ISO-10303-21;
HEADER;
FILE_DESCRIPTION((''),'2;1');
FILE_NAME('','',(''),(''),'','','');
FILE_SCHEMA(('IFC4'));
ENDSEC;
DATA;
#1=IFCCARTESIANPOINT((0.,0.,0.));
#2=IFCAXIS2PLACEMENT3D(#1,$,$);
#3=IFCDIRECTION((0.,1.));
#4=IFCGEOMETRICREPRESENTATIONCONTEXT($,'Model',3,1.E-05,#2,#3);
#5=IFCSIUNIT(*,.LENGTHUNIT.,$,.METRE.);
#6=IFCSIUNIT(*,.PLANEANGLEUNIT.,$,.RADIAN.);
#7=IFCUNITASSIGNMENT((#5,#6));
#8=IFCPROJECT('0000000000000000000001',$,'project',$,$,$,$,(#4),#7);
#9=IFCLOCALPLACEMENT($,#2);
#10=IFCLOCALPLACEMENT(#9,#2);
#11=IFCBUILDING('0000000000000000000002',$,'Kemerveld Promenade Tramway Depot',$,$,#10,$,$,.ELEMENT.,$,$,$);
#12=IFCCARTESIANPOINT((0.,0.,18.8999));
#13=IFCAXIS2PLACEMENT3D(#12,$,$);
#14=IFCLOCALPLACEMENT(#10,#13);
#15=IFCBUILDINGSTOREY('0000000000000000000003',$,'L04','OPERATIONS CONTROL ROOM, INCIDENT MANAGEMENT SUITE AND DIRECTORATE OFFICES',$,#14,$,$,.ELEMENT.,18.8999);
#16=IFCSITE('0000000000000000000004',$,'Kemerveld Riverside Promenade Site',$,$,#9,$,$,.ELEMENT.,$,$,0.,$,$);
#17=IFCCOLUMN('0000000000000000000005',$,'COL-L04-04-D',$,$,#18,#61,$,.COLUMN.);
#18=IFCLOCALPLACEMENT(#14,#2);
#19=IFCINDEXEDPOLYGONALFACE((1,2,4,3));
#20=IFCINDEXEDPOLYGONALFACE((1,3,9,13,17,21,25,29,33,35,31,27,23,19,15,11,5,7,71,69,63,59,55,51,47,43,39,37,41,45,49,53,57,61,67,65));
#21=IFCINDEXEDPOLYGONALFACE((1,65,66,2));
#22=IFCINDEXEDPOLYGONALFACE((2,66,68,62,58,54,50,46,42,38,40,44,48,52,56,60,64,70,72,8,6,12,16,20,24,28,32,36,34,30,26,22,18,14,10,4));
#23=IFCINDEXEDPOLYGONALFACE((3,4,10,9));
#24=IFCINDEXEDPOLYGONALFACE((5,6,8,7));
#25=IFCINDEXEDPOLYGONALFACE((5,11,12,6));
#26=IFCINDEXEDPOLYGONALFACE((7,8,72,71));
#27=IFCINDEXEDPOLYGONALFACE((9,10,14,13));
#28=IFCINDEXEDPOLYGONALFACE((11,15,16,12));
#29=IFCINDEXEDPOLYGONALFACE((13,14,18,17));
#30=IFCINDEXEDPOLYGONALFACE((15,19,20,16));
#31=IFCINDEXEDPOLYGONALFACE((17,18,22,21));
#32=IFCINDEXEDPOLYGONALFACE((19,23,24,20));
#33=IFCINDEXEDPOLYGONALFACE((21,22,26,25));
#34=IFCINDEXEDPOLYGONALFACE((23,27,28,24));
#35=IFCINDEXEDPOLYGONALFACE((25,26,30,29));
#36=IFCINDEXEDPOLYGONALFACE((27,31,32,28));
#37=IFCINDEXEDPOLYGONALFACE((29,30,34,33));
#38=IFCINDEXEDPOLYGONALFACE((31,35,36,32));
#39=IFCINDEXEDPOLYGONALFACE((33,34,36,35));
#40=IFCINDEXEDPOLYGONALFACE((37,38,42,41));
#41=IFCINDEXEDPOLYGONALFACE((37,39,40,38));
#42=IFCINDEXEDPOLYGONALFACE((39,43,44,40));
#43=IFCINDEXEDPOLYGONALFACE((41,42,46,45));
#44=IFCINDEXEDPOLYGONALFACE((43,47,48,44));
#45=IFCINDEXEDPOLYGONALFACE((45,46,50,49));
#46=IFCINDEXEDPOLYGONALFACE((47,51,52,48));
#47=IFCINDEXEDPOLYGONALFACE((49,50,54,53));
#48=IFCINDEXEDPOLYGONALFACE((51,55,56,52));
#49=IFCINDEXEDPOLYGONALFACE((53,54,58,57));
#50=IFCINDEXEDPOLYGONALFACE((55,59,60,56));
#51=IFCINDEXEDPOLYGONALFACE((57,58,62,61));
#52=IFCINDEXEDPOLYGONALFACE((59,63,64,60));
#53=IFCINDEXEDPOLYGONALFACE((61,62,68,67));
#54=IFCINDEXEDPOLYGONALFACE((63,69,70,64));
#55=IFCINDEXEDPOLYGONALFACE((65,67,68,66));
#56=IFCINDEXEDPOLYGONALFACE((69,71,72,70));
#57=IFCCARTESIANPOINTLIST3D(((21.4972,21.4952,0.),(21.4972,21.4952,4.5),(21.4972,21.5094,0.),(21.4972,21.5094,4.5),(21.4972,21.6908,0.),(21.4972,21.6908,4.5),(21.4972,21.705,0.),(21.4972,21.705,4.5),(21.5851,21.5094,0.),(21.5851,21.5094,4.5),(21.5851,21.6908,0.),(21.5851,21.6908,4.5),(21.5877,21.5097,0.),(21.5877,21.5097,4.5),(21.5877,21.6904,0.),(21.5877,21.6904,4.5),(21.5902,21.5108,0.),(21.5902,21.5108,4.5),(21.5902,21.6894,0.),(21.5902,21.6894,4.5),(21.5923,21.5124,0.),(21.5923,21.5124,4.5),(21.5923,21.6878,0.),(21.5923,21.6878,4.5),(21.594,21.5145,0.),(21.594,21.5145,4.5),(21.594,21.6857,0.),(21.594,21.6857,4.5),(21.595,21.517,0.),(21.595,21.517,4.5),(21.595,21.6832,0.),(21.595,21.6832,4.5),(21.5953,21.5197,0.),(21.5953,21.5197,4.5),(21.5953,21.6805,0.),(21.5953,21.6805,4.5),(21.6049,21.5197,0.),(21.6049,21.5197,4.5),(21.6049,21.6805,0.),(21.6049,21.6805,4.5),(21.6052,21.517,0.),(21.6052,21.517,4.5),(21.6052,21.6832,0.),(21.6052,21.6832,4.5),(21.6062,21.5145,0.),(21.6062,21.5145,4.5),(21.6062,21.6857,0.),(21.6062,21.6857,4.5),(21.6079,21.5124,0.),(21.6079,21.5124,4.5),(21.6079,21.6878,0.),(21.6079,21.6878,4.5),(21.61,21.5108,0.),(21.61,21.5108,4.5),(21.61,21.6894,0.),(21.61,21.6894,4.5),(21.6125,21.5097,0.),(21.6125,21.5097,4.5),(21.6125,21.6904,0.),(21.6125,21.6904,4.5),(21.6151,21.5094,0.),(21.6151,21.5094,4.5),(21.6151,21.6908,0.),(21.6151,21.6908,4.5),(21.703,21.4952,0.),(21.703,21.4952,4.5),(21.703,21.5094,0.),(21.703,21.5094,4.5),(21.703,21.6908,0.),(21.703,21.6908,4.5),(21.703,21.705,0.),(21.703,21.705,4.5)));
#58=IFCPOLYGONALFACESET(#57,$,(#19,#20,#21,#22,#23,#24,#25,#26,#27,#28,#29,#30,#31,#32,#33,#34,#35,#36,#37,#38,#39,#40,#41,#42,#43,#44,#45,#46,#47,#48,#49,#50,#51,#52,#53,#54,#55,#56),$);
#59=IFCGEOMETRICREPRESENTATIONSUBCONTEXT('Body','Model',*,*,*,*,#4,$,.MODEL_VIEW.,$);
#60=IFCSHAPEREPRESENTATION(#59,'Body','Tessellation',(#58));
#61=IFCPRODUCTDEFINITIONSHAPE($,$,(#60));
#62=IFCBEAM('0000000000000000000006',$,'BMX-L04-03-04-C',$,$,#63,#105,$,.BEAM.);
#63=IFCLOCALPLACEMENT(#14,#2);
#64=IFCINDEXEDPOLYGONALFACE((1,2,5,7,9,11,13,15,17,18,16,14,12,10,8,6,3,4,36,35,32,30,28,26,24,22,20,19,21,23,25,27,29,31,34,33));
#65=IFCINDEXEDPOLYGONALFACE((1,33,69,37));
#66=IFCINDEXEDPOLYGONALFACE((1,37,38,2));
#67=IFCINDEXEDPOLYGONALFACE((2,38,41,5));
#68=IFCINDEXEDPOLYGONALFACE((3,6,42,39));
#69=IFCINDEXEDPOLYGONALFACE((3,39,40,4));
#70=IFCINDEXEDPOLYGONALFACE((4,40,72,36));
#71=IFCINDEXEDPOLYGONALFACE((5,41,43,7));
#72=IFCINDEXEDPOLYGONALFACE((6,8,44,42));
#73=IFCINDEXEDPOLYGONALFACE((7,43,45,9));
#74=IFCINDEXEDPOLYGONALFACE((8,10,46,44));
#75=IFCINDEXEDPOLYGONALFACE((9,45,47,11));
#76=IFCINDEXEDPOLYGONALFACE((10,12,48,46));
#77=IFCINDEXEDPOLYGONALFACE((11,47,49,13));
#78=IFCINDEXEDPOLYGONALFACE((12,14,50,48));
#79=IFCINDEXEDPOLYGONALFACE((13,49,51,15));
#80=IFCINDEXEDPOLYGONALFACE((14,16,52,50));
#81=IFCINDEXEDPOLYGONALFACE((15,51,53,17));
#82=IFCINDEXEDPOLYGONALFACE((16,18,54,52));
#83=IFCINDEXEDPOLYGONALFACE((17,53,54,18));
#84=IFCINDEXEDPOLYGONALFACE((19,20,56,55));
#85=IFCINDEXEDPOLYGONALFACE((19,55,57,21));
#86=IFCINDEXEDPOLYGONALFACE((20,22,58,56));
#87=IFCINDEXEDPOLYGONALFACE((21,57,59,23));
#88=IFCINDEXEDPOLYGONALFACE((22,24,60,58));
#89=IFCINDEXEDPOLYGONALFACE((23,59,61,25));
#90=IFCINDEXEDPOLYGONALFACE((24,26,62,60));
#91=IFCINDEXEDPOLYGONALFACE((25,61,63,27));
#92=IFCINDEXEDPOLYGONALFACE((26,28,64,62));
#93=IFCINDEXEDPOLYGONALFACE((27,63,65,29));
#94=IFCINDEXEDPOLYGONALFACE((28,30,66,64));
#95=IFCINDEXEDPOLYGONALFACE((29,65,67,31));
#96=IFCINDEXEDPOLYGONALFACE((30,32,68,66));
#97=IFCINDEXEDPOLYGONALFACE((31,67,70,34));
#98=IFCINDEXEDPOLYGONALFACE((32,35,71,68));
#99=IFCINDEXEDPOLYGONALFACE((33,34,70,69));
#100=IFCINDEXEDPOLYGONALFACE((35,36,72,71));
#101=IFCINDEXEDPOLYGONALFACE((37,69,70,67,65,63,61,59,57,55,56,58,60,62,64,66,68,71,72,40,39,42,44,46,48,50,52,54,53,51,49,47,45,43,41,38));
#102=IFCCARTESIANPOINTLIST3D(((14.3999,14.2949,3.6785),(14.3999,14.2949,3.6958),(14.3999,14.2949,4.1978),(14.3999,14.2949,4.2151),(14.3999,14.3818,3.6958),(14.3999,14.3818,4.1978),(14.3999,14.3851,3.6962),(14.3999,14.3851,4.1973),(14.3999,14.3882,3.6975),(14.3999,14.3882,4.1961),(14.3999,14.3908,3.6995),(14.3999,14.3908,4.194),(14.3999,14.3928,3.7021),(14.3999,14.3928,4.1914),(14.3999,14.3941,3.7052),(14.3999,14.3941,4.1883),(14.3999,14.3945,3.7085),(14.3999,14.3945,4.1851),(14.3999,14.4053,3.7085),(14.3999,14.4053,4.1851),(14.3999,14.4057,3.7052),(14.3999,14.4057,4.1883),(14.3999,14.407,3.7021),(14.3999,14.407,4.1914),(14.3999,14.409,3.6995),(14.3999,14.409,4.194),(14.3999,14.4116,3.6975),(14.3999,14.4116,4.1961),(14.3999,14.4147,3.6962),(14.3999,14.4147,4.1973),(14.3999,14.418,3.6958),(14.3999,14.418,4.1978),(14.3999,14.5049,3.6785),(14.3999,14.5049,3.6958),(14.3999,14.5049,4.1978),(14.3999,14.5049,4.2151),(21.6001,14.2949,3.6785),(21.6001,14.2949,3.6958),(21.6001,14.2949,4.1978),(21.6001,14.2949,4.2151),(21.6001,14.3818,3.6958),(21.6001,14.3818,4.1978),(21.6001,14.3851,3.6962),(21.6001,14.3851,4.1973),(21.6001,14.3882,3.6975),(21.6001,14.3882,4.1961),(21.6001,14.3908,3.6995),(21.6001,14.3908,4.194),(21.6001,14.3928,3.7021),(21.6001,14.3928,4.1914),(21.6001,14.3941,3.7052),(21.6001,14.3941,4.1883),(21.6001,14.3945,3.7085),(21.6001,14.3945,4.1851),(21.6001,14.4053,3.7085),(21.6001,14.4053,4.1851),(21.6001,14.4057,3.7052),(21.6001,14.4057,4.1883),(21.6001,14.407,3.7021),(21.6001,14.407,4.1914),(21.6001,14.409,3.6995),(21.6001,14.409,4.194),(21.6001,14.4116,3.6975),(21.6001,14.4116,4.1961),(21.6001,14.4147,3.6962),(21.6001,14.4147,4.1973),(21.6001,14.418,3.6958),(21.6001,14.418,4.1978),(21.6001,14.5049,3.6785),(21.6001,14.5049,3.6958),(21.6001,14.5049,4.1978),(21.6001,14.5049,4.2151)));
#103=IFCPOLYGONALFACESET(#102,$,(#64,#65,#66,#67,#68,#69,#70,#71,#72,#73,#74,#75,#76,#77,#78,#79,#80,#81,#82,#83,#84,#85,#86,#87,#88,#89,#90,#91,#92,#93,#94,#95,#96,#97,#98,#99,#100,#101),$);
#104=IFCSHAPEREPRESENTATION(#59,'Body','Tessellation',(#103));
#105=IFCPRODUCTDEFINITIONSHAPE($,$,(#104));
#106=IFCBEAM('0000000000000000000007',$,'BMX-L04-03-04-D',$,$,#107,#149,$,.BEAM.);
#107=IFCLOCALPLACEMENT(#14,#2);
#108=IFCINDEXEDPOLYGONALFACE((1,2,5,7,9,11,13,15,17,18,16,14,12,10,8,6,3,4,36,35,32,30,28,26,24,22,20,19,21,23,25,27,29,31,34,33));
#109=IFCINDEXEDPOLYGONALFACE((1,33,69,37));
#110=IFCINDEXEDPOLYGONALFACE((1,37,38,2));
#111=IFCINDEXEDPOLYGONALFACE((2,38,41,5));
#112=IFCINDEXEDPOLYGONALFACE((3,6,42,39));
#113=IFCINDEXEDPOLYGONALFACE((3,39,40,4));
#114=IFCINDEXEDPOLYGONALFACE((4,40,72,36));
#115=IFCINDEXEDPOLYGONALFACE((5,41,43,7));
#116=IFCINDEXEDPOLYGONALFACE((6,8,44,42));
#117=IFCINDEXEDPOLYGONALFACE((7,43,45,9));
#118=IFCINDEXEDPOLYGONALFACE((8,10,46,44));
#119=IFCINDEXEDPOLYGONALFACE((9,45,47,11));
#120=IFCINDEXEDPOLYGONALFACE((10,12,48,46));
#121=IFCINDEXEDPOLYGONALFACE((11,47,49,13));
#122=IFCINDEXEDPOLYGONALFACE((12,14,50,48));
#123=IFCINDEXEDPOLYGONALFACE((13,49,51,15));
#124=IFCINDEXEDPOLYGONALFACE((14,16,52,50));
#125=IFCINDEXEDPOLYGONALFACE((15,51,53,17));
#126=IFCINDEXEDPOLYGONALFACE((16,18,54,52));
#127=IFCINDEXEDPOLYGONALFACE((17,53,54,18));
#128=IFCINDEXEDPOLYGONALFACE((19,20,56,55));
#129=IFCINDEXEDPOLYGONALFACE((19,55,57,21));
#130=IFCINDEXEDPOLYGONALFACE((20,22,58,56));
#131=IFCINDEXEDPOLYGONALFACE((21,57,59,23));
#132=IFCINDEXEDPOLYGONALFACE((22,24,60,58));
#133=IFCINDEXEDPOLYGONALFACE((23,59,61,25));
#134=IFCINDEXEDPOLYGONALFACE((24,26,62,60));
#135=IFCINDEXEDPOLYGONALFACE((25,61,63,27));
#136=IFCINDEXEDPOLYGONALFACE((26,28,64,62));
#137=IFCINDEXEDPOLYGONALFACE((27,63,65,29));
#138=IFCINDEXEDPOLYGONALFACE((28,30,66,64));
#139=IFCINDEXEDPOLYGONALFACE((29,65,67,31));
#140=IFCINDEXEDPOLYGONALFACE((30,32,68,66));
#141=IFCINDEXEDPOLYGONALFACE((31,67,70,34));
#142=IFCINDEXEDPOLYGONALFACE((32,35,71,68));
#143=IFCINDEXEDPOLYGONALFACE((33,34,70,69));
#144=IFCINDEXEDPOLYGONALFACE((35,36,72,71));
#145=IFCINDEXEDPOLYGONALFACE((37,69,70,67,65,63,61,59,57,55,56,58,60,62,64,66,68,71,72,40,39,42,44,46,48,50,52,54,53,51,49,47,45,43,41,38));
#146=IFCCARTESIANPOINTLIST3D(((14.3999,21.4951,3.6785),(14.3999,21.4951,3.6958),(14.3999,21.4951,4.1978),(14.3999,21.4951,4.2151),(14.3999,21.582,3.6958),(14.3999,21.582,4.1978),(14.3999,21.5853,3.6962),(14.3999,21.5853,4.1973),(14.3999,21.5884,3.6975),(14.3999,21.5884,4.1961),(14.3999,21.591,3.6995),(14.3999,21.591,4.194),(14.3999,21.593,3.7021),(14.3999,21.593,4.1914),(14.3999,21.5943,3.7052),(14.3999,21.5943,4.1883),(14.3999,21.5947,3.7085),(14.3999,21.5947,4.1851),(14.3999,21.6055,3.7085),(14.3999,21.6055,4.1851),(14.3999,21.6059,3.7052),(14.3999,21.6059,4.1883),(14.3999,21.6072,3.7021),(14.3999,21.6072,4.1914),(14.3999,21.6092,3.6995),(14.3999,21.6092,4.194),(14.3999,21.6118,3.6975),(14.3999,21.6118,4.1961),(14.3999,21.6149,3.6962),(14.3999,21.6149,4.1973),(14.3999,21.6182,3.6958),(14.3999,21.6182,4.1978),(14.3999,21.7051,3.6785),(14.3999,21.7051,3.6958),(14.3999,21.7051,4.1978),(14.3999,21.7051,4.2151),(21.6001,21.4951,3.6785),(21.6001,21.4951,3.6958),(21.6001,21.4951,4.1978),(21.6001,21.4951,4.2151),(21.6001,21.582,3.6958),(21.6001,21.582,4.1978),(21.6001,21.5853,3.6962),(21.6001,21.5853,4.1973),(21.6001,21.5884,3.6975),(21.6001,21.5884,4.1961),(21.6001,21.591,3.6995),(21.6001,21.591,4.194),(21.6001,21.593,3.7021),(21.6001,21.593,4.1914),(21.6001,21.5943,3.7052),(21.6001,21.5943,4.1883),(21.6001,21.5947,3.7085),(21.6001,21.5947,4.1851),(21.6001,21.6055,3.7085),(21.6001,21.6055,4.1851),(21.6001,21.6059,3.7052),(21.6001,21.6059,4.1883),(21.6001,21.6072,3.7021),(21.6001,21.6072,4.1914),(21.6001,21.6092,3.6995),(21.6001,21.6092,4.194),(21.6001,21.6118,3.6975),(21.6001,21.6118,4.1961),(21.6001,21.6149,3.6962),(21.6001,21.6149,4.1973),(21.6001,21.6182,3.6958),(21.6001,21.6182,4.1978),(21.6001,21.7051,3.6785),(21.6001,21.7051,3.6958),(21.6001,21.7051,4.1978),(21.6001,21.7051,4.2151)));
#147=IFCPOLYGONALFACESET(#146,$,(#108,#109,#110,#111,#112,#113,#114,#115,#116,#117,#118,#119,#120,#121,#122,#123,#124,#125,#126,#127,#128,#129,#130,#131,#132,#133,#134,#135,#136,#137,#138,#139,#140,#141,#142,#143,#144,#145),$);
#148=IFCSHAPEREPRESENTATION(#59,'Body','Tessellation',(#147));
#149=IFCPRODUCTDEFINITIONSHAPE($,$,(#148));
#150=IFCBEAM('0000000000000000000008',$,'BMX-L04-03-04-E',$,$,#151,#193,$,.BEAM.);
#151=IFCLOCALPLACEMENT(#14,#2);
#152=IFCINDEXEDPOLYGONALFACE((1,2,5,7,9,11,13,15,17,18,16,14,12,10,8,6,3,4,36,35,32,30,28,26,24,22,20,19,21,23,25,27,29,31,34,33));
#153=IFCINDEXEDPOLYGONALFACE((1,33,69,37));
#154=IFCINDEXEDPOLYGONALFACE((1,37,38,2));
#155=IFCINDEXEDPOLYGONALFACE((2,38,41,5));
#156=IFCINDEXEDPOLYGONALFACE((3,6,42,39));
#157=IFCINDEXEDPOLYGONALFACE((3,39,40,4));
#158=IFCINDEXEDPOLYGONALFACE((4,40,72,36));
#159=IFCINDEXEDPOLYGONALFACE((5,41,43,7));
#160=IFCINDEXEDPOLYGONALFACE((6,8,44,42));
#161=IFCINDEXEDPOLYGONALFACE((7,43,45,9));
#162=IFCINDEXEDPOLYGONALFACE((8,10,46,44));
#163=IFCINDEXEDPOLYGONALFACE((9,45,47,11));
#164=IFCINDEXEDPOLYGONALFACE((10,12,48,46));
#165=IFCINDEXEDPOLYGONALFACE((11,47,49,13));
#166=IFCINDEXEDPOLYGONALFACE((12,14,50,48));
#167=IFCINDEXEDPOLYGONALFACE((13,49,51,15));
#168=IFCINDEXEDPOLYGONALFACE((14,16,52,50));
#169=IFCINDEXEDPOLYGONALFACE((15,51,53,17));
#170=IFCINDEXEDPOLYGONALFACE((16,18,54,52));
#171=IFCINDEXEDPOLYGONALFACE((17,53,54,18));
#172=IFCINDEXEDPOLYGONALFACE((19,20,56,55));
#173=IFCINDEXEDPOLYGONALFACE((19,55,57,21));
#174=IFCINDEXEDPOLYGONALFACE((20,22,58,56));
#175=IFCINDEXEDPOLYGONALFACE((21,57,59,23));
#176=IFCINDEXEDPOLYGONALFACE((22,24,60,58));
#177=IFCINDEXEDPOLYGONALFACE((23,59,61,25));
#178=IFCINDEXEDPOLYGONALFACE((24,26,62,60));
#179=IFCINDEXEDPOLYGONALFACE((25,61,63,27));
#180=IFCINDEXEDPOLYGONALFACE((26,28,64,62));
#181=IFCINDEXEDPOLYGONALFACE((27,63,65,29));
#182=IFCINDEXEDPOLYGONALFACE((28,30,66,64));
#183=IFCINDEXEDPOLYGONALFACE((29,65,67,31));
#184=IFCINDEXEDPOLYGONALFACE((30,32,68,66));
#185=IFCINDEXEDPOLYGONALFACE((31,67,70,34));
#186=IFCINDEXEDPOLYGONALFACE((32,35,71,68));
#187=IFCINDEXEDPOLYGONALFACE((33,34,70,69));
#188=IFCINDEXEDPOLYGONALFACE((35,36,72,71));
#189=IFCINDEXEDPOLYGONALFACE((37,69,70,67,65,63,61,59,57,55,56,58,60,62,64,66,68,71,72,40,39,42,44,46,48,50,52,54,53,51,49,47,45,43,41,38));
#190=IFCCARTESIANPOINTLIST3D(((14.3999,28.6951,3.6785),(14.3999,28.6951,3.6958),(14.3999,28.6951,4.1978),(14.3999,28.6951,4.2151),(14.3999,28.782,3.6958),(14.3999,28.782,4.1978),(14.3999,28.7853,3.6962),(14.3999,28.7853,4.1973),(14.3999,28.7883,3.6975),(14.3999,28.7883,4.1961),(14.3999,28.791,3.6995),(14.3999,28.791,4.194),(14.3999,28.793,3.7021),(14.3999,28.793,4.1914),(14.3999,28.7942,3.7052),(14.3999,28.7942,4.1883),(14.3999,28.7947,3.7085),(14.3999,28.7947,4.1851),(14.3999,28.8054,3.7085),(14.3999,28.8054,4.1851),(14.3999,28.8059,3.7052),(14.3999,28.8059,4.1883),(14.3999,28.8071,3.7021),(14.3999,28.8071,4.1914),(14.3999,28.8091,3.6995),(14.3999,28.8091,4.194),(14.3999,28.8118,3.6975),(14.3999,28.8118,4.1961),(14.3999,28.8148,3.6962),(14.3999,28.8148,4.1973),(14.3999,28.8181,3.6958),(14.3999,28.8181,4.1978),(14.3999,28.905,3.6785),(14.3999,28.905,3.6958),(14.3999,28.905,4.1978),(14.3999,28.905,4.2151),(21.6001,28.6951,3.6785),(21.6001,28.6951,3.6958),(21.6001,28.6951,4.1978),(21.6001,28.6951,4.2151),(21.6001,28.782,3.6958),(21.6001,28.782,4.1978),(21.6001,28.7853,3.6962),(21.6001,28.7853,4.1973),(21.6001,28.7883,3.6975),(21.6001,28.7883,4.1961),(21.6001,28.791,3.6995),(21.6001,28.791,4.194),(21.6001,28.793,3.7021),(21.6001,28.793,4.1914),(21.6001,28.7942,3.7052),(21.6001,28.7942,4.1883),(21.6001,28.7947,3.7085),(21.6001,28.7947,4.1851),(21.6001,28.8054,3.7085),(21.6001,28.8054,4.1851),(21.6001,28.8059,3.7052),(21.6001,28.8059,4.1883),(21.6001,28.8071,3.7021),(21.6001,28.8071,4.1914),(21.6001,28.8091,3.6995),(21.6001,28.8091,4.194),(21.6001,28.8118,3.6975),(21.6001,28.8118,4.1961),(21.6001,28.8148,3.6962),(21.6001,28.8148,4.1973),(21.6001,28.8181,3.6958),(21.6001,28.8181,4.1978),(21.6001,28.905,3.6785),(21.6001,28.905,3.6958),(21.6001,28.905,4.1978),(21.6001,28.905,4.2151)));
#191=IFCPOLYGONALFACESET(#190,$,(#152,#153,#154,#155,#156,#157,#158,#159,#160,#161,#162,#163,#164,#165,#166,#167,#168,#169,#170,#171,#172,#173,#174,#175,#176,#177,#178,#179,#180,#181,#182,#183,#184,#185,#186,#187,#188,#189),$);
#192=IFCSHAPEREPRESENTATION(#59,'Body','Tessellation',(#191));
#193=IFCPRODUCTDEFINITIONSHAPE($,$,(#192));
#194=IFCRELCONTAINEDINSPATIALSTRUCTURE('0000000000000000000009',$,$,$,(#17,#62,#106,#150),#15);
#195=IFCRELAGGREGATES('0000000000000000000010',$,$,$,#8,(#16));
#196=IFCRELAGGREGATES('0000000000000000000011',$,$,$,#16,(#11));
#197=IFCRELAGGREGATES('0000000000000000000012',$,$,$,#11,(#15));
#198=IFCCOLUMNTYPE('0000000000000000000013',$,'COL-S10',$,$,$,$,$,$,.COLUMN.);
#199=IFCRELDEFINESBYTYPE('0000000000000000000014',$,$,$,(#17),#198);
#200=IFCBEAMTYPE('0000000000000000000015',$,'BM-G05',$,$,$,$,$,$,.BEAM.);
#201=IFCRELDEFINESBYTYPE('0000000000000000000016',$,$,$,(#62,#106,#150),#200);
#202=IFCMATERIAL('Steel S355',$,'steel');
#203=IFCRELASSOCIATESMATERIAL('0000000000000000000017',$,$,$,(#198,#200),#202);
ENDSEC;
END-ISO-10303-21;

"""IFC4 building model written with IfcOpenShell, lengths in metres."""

from ifc_helpers import new_model, si_unit, direction, frame, origin, origin_2d, place, context, subcontext, project, spatial, i_section, extrude, material, material_profile, profile_set, type_object, element, save


model = new_model("IFC4")

# Units and contexts
model_context = context("Model", 3, precision=1e-05, world=origin(), true_north=direction((0.0, 1.0)))
body_context = subcontext(model_context, "Body", "Model", "MODEL_VIEW")
ifc_project = project(units=[si_unit("LENGTHUNIT", "METRE"), si_unit("PLANEANGLEUNIT", "RADIAN")], contexts=[model_context])

# Site, building, storey
site_placement = place(None, origin())
site = spatial("IfcSite", under=ifc_project, at=site_placement, Name="Kemerveld Riverside Promenade Site", CompositionType="ELEMENT", RefElevation=0.0)
building_placement = place(site_placement, origin())
building = spatial("IfcBuilding", under=site, at=building_placement, Name="Kemerveld Promenade Tramway Depot", CompositionType="ELEMENT")
storey_placement = place(building_placement, frame((0.0, 0.0, 18.8999)))
storey = spatial("IfcBuildingStorey", under=building, at=storey_placement, Name="L04", Description="OPERATIONS CONTROL ROOM, INCIDENT MANAGEMENT SUITE AND DIRECTORATE OFFICES", CompositionType="ELEMENT", Elevation=18.8999)

# Column
ifc_material_1 = material(Name="Steel S355", Category="steel")
ifc_material_profile_1 = material_profile(ifc_material_1, i_section(OverallWidth=0.2058, OverallDepth=0.2097, WebThickness=0.0095, FlangeThickness=0.0142, FilletRadius=0.0103, at=origin_2d()), Name="203x203x60 UC")
ifc_profile_set_1 = profile_set([ifc_material_profile_1], Name="Steel S355")
column_type = type_object("IfcColumnType", Name="COL-S10", PredefinedType="COLUMN", material=ifc_profile_set_1)
for number, where, z_axis, x_axis, name in (
    (1, (21.6001, 21.6001, 0.0), (0.0, 0.0, 1.0), (1.0, 0.0, 0.0), "COL-L04-04-D"),
):
    element("IfcColumn", number, at=place(storey_placement, frame(where, z_axis=z_axis, x_axis=x_axis)), inside=storey, type_object=column_type, Name=name, PredefinedType="COLUMN", context=body_context, shape_type="SweptSolid", body=[
        extrude(i_section(OverallWidth=0.2058, OverallDepth=0.2097, WebThickness=0.0095, FlangeThickness=0.0142, FilletRadius=0.0103, at=origin_2d()), origin(), (0.0, 0.0, 1.0), 4.5),
    ])

# Beams
ifc_material_profile_2 = material_profile(ifc_material_1, i_section(OverallWidth=0.21, OverallDepth=0.5366, WebThickness=0.0107, FlangeThickness=0.0173, FilletRadius=0.0127, at=origin_2d()), Name="533x210x101 UB")
ifc_profile_set_2 = profile_set([ifc_material_profile_2], Name="Steel S355")
beam_type_1 = type_object("IfcBeamType", Name="BM-G05", PredefinedType="BEAM", material=ifc_profile_set_2)
for number, where, z_axis, x_axis, name in (
    (2, (14.3999, 14.3999, 3.9468), (1.0, 0.0, 0.0), (0.0, 1.0, 0.0), "BMX-L04-03-04-C"),
    (3, (14.3999, 21.6001, 3.9468), (1.0, 0.0, 0.0), (0.0, 1.0, 0.0), "BMX-L04-03-04-D"),
    (4, (14.3999, 28.8, 3.9468), (1.0, 0.0, 0.0), (0.0, 1.0, 0.0), "BMX-L04-03-04-E"),
):
    element("IfcBeam", number, at=place(storey_placement, frame(where, z_axis=z_axis, x_axis=x_axis)), inside=storey, type_object=beam_type_1, Name=name, PredefinedType="BEAM", context=body_context, shape_type="SweptSolid", body=[
        extrude(i_section(OverallWidth=0.21, OverallDepth=0.5366, WebThickness=0.0107, FlangeThickness=0.0173, FilletRadius=0.0127, at=origin_2d()), origin(), (0.0, 0.0, 1.0), 7.2002),
    ])

save(model, "model.ifc")
